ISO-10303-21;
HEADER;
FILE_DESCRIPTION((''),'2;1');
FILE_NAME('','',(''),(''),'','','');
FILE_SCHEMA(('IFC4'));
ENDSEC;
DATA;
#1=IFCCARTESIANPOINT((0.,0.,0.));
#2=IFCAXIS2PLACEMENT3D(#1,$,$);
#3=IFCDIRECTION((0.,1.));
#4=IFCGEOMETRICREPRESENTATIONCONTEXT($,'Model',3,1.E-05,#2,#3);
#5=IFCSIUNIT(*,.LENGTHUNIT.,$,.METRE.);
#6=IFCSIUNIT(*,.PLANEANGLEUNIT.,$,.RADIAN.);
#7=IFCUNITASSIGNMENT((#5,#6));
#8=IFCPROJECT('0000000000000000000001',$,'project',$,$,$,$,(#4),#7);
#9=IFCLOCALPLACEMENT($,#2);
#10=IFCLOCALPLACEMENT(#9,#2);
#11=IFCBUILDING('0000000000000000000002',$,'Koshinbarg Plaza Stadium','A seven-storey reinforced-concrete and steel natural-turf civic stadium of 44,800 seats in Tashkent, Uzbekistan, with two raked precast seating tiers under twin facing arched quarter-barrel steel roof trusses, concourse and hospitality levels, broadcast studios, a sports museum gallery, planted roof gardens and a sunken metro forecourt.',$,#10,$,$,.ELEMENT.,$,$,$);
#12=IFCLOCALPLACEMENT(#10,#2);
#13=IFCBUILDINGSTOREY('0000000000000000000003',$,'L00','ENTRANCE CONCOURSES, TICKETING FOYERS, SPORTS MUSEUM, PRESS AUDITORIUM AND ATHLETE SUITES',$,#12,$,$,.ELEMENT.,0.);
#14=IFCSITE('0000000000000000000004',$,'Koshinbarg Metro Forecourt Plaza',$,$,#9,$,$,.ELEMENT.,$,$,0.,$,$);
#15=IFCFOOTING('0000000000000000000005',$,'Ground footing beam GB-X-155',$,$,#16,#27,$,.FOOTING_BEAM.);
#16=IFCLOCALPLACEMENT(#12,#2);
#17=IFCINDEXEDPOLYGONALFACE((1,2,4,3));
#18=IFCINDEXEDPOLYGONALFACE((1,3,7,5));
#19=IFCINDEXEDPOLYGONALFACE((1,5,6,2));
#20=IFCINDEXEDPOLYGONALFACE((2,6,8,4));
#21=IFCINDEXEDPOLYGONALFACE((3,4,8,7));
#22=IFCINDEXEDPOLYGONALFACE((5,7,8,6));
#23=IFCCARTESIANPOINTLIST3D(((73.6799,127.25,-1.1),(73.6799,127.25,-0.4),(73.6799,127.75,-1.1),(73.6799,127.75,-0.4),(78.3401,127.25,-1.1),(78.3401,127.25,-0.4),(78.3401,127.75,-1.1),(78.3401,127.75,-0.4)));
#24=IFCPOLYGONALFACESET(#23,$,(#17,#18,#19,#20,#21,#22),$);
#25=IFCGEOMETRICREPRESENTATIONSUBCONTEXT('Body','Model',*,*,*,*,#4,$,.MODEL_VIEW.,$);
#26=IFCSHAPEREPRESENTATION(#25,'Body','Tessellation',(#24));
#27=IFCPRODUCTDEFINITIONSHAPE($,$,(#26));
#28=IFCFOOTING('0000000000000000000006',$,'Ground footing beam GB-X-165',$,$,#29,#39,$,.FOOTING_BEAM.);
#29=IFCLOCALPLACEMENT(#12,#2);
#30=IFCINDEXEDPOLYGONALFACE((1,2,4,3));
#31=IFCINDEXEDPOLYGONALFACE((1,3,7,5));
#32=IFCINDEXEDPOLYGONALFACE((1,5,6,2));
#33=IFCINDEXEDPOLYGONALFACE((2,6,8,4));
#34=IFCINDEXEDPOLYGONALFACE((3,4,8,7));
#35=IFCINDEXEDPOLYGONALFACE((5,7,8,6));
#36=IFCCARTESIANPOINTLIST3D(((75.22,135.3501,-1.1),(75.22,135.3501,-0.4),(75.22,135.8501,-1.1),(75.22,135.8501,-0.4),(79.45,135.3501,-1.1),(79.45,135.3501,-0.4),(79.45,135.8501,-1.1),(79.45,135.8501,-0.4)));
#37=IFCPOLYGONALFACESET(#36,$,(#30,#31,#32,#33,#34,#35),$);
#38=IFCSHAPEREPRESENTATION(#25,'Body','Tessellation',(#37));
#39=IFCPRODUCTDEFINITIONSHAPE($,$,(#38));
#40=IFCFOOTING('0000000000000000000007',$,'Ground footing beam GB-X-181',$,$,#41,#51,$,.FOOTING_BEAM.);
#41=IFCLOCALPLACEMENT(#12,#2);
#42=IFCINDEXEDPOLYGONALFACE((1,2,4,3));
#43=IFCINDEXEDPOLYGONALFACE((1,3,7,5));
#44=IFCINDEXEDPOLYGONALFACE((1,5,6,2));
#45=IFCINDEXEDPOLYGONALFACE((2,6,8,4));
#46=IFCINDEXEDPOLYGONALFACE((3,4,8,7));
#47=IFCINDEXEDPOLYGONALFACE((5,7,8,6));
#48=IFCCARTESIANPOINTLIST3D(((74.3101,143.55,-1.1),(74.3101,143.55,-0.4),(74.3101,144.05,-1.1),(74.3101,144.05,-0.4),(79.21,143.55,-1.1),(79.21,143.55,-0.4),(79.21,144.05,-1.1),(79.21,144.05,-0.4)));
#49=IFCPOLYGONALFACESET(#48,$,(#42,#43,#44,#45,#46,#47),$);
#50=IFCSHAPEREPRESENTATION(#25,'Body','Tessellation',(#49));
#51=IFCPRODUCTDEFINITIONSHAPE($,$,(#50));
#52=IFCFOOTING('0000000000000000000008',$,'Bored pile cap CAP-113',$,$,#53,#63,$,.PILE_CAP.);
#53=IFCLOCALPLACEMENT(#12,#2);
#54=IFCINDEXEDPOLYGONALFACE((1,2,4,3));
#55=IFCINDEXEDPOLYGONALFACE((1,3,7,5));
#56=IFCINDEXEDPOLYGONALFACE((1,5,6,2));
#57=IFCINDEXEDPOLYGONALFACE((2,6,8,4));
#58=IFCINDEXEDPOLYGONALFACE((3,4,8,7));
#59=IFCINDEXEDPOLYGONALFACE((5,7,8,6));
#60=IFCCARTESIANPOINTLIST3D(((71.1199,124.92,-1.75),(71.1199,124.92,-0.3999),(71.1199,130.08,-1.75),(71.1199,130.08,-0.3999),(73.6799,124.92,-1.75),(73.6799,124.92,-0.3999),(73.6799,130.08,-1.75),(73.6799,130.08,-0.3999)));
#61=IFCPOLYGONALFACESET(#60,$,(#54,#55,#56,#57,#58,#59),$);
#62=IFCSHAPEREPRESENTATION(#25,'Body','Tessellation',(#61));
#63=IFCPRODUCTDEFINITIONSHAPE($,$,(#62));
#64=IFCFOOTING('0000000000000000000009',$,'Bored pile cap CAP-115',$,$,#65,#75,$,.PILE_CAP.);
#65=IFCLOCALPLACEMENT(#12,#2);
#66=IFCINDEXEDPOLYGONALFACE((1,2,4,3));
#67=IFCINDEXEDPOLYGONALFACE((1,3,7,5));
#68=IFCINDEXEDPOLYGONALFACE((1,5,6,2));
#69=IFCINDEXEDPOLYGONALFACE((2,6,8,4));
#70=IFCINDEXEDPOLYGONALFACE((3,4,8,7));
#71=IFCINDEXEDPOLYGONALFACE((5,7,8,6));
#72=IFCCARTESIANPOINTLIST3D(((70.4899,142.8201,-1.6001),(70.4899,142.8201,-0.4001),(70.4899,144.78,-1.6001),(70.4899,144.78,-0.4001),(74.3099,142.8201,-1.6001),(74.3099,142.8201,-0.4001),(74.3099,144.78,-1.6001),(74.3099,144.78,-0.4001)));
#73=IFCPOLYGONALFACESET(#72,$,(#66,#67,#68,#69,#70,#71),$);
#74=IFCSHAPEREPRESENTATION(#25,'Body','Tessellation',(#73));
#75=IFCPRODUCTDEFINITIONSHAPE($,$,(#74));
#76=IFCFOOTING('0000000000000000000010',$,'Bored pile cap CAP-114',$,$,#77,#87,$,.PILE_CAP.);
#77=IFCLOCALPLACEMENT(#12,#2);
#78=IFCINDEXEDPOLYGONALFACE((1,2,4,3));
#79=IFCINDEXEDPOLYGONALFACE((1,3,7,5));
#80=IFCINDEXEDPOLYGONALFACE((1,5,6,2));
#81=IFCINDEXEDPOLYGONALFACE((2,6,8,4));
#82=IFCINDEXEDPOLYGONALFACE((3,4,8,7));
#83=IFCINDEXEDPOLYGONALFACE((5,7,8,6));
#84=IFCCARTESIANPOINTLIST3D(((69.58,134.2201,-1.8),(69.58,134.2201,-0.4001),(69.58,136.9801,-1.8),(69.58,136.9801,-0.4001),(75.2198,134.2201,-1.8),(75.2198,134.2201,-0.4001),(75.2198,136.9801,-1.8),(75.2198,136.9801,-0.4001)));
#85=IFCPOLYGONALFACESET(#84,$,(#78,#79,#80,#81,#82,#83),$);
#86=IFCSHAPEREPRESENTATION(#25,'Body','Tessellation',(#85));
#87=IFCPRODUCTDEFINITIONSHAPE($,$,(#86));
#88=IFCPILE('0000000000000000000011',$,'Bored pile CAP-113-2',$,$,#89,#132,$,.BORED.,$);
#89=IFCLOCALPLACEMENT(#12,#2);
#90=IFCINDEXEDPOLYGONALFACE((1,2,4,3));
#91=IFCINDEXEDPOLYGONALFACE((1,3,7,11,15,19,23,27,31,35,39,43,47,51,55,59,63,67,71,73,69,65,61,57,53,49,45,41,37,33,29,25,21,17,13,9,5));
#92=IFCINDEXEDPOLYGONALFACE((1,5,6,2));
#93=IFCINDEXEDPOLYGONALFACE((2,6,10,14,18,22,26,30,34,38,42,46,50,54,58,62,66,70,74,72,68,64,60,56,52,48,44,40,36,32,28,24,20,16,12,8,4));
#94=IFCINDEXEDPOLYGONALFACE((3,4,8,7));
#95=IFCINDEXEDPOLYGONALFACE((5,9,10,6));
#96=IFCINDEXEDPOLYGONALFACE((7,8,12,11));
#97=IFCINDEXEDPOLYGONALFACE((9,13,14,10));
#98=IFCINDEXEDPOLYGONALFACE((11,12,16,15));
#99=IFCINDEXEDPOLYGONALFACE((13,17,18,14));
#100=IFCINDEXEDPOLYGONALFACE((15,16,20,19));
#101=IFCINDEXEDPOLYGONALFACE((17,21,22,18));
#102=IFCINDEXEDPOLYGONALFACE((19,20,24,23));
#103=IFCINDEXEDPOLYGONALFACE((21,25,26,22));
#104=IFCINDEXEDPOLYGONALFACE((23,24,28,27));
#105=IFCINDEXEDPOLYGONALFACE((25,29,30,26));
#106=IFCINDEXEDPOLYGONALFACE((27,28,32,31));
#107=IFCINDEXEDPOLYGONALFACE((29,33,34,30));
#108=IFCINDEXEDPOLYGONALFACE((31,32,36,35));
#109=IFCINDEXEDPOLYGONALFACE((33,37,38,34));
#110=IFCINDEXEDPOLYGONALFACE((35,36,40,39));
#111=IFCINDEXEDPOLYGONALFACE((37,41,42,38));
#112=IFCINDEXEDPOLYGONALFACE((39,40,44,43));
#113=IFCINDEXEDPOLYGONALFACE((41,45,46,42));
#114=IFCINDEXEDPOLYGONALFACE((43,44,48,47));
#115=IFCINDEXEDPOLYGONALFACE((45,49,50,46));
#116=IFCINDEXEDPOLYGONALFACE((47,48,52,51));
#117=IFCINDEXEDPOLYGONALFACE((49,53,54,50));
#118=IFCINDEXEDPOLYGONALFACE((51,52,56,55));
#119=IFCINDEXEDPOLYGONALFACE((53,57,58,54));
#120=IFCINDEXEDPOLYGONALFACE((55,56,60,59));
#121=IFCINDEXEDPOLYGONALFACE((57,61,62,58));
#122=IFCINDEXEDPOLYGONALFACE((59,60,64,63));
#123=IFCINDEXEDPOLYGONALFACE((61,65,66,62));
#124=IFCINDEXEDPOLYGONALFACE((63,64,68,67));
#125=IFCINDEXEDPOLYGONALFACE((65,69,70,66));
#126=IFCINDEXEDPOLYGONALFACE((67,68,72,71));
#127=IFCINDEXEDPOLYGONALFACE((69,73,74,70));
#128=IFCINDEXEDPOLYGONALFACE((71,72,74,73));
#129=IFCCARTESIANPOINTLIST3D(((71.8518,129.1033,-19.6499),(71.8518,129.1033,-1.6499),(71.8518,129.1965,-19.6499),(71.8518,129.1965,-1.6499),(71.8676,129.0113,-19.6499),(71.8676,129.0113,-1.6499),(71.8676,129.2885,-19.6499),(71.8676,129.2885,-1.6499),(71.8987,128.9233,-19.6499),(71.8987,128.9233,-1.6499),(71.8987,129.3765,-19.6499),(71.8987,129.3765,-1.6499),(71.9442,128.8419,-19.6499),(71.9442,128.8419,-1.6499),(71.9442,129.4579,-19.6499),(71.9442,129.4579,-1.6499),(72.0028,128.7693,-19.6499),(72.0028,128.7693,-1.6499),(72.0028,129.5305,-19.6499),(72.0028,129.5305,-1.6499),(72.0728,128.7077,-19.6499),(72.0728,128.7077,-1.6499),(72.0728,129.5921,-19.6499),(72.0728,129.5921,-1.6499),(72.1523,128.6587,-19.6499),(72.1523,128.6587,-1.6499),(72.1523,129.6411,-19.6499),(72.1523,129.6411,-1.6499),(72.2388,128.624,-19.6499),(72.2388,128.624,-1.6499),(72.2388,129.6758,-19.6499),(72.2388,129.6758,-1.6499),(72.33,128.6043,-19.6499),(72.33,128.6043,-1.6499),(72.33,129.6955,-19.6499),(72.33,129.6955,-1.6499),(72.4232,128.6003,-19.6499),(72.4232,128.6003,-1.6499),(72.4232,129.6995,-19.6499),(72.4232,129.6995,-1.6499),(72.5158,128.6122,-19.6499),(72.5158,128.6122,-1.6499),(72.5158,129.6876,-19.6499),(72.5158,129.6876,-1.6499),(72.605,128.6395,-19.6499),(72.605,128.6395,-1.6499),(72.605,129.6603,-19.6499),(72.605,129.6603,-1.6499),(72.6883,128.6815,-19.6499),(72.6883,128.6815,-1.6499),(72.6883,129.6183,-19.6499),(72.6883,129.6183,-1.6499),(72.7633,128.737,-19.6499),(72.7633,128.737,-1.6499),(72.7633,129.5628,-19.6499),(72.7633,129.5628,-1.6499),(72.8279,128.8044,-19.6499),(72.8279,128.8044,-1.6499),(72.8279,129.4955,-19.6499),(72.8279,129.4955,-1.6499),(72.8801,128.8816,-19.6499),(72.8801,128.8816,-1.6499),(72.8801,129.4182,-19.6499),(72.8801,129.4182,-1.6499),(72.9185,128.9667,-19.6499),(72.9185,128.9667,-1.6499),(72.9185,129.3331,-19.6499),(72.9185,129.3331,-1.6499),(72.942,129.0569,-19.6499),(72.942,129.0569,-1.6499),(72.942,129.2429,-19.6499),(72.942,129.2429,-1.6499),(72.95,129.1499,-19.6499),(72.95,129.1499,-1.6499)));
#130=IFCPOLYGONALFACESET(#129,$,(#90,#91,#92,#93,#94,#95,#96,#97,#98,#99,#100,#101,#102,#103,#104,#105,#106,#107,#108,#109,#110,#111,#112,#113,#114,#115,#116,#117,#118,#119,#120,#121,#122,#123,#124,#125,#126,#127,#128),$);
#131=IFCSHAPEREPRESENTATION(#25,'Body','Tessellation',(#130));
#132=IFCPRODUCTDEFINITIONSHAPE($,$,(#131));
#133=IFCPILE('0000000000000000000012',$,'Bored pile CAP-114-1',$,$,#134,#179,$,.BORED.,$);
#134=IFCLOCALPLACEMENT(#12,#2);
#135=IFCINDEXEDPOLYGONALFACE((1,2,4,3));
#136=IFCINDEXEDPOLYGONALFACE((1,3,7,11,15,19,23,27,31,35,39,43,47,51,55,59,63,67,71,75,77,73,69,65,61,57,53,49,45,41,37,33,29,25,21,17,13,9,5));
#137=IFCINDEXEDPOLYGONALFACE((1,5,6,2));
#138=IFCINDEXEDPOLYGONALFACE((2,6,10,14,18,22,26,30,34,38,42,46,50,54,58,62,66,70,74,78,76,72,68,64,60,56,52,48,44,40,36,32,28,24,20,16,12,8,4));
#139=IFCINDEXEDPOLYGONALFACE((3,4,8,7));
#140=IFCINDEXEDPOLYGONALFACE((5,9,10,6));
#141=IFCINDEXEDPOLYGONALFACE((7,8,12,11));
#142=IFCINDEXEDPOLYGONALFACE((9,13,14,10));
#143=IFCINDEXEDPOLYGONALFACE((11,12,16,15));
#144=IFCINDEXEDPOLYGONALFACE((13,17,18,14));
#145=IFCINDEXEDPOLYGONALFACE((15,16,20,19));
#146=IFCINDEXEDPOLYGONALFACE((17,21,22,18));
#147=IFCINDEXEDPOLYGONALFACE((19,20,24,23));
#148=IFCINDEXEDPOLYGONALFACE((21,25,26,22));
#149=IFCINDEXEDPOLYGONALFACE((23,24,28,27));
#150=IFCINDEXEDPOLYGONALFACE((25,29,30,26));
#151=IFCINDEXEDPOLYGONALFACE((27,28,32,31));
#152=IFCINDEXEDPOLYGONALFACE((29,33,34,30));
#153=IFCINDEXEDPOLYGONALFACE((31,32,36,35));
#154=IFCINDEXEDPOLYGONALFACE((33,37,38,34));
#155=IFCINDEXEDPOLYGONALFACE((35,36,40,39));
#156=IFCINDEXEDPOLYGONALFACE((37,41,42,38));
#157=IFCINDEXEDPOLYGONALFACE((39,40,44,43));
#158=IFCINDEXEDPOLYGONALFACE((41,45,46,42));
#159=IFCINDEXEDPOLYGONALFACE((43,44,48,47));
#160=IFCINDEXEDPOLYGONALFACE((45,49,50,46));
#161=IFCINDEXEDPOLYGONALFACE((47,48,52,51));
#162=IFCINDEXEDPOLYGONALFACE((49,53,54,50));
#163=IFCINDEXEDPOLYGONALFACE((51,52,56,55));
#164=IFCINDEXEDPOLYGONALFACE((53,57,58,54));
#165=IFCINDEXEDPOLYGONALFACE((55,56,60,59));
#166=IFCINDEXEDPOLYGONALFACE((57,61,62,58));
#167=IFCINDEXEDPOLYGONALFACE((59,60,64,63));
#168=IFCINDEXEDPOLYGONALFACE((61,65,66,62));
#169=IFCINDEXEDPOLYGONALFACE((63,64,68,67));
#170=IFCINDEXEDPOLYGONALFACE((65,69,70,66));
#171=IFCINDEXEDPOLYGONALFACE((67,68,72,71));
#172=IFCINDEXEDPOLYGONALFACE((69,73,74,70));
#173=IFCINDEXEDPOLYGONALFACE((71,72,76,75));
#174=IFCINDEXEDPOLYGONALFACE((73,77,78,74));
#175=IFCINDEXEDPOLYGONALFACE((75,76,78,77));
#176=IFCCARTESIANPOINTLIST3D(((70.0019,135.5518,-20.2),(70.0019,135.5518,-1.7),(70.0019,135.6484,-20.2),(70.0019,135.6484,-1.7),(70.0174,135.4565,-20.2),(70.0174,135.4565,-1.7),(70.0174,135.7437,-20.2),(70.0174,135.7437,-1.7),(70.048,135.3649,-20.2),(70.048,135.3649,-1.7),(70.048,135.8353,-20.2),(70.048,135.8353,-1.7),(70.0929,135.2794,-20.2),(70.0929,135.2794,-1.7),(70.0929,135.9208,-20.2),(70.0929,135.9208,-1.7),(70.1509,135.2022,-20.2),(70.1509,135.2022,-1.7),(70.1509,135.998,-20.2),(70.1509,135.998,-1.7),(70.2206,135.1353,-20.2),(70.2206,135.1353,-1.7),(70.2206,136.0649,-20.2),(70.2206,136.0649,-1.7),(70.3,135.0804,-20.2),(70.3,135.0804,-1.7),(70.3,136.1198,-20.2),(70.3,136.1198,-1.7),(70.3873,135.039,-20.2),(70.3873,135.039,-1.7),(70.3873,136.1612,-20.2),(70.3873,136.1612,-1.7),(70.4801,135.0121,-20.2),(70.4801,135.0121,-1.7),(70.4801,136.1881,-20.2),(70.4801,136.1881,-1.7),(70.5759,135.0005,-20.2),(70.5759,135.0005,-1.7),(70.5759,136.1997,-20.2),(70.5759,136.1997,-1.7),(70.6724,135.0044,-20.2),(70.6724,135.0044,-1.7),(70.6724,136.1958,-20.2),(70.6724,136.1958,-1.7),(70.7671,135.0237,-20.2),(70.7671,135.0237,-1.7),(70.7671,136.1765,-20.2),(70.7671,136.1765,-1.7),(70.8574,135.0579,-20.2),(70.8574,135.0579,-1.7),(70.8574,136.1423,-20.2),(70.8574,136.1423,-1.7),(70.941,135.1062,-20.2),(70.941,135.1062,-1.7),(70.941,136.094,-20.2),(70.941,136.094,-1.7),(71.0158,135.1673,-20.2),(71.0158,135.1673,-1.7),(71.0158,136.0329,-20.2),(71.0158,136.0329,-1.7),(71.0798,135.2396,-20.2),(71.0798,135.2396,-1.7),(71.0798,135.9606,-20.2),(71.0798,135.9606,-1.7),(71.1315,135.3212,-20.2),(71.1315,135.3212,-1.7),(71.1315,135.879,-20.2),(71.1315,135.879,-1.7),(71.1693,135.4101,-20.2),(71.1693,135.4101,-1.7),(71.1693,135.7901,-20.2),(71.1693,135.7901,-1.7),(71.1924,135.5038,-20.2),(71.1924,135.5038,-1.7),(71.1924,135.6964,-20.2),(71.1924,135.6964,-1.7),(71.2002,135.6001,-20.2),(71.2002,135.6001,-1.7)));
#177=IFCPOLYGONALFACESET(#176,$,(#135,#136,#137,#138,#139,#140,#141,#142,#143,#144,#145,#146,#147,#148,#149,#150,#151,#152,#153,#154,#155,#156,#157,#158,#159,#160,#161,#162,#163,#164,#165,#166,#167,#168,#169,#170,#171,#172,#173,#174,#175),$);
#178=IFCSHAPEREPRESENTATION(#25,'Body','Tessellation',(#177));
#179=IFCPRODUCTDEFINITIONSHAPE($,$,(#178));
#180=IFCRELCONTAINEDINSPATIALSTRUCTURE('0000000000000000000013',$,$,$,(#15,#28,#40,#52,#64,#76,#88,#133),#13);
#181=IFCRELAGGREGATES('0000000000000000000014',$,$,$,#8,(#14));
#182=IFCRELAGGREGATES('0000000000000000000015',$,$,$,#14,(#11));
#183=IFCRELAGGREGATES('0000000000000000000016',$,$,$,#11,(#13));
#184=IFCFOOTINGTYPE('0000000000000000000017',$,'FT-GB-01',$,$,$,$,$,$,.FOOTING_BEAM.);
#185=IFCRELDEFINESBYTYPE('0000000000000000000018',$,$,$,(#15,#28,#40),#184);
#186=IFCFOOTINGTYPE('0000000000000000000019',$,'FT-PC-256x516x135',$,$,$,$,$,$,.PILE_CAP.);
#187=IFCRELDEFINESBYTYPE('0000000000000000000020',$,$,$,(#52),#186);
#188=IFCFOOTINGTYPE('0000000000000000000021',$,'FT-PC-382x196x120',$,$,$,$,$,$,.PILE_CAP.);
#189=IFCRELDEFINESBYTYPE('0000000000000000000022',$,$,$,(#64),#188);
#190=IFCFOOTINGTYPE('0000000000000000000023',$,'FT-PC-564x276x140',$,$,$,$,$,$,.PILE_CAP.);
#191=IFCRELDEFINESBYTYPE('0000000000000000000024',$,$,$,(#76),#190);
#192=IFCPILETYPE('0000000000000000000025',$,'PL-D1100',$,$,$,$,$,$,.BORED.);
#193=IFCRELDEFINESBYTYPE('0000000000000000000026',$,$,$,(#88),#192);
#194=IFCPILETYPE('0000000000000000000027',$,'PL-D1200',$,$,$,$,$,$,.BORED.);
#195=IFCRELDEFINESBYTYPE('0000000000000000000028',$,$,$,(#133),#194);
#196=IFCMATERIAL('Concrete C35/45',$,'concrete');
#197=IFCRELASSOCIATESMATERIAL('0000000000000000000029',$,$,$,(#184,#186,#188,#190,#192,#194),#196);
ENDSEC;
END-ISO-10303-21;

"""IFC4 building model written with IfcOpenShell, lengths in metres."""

from ifc_helpers import new_model, si_unit, direction, frame, origin, origin_2d, place, context, subcontext, project, spatial, rectangle, circle, extrude, material, material_profile, profile_set, type_object, element, save


model = new_model("IFC4")

# Units and contexts
model_context = context("Model", 3, precision=1e-05, world=origin(), true_north=direction((0.0, 1.0)))
body_context = subcontext(model_context, "Body", "Model", "MODEL_VIEW")
ifc_project = project(units=[si_unit("LENGTHUNIT", "METRE"), si_unit("PLANEANGLEUNIT", "RADIAN")], contexts=[model_context])

# Site, building, storey
site_placement = place(None, origin())
site = spatial("IfcSite", under=ifc_project, at=site_placement, Name="Koshinbarg Metro Forecourt Plaza", CompositionType="ELEMENT", RefElevation=0.0)
building_placement = place(site_placement, origin())
building = spatial("IfcBuilding", under=site, at=building_placement, Name="Koshinbarg Plaza Stadium", Description="A seven-storey reinforced-concrete and steel natural-turf civic stadium of 44,800 seats in Tashkent, Uzbekistan, with two raked precast seating tiers under twin facing arched quarter-barrel steel roof trusses, concourse and hospitality levels, broadcast studios, a sports museum gallery, planted roof gardens and a sunken metro forecourt.", CompositionType="ELEMENT")
storey_placement = place(building_placement, origin())
storey = spatial("IfcBuildingStorey", under=building, at=storey_placement, Name="L00", Description="ENTRANCE CONCOURSES, TICKETING FOYERS, SPORTS MUSEUM, PRESS AUDITORIUM AND ATHLETE SUITES", CompositionType="ELEMENT", Elevation=0.0)

# Footings
ifc_material_1 = material(Name="Concrete C35/45", Category="concrete")
ifc_material_profile_1 = material_profile(ifc_material_1, rectangle(XDim=0.5, YDim=0.7, at=origin_2d()), Name="GB 500x700")
ifc_profile_set_1 = profile_set([ifc_material_profile_1], Name="Concrete C35/45")
footing_type_1 = type_object("IfcFootingType", Name="FT-GB-01", PredefinedType="FOOTING_BEAM", material=ifc_profile_set_1)
footing_1_placement = place(storey_placement, frame((73.6799, 127.5, -0.75), z_axis=(1.0, 0.0, 0.0), x_axis=(0.0, 1.0, 0.0)))
element("IfcFooting", 1, at=footing_1_placement, inside=storey, type_object=footing_type_1, Name="Ground footing beam GB-X-155", PredefinedType="FOOTING_BEAM", context=body_context, shape_type="SweptSolid", body=[
    extrude(rectangle(XDim=0.5, YDim=0.7, at=origin_2d()), origin(), (0.0, 0.0, 1.0), 4.6602),
])
footing_2_placement = place(storey_placement, frame((75.22, 135.6001, -0.75), z_axis=(1.0, 0.0, 0.0), x_axis=(0.0, 1.0, 0.0)))
element("IfcFooting", 2, at=footing_2_placement, inside=storey, type_object=footing_type_1, Name="Ground footing beam GB-X-165", PredefinedType="FOOTING_BEAM", context=body_context, shape_type="SweptSolid", body=[
    extrude(rectangle(XDim=0.5, YDim=0.7, at=origin_2d()), origin(), (0.0, 0.0, 1.0), 4.23),
])
footing_3_placement = place(storey_placement, frame((74.3101, 143.8, -0.75), z_axis=(1.0, 0.0, 0.0), x_axis=(0.0, 1.0, 0.0)))
element("IfcFooting", 3, at=footing_3_placement, inside=storey, type_object=footing_type_1, Name="Ground footing beam GB-X-181", PredefinedType="FOOTING_BEAM", context=body_context, shape_type="SweptSolid", body=[
    extrude(rectangle(XDim=0.5, YDim=0.7, at=origin_2d()), origin(), (0.0, 0.0, 1.0), 4.8999),
])
footing_type_2 = type_object("IfcFootingType", Name="FT-PC-256x516x135", PredefinedType="PILE_CAP", material=ifc_material_1)
footing_4_placement = place(storey_placement, frame((72.3999, 127.5, -1.75), z_axis=(0.0, 0.0, 1.0), x_axis=(1.0, 0.0, 0.0)))
element("IfcFooting", 4, at=footing_4_placement, inside=storey, type_object=footing_type_2, Name="Bored pile cap CAP-113", PredefinedType="PILE_CAP", context=body_context, shape_type="SweptSolid", body=[
    extrude(rectangle(XDim=2.5601, YDim=5.1599, at=origin_2d()), origin(), (0.0, 0.0, 1.0), 1.3501),
])
footing_type_3 = type_object("IfcFootingType", Name="FT-PC-382x196x120", PredefinedType="PILE_CAP", material=ifc_material_1)
footing_5_placement = place(storey_placement, frame((72.3999, 143.8, -1.6001), z_axis=(0.0, 0.0, 1.0), x_axis=(1.0, 0.0, 0.0)))
element("IfcFooting", 5, at=footing_5_placement, inside=storey, type_object=footing_type_3, Name="Bored pile cap CAP-115", PredefinedType="PILE_CAP", context=body_context, shape_type="SweptSolid", body=[
    extrude(rectangle(XDim=3.8201, YDim=1.96, at=origin_2d()), origin(), (0.0, 0.0, 1.0), 1.2),
])
footing_type_4 = type_object("IfcFootingType", Name="FT-PC-564x276x140", PredefinedType="PILE_CAP", material=ifc_material_1)
footing_6_placement = place(storey_placement, frame((72.3999, 135.6001, -1.8), z_axis=(0.0, 0.0, 1.0), x_axis=(1.0, 0.0, 0.0)))
element("IfcFooting", 6, at=footing_6_placement, inside=storey, type_object=footing_type_4, Name="Bored pile cap CAP-114", PredefinedType="PILE_CAP", context=body_context, shape_type="SweptSolid", body=[
    extrude(rectangle(XDim=5.6399, YDim=2.76, at=origin_2d()), origin(), (0.0, 0.0, 1.0), 1.3999),
])

# Piles
ifc_material_profile_2 = material_profile(ifc_material_1, circle(Radius=0.55, at=origin_2d()), Name="PILE D1100")
ifc_profile_set_2 = profile_set([ifc_material_profile_2], Name="Concrete C35/45")
pile_type_1 = type_object("IfcPileType", Name="PL-D1100", PredefinedType="BORED", material=ifc_profile_set_2)
pile_placement = place(storey_placement, frame((72.3999, 129.1499, -1.6499), z_axis=(0.0, 0.0, -1.0), x_axis=(1.0, 0.0, 0.0)))
element("IfcPile", 7, at=pile_placement, inside=storey, type_object=pile_type_1, Name="Bored pile CAP-113-2", PredefinedType="BORED", context=body_context, shape_type="SweptSolid", body=[
    extrude(circle(Radius=0.55, at=origin_2d()), origin(), (0.0, 0.0, 1.0), 18.0),
])
ifc_material_profile_3 = material_profile(ifc_material_1, circle(Radius=0.6001, at=origin_2d()), Name="PILE D1200")
ifc_profile_set_3 = profile_set([ifc_material_profile_3], Name="Concrete C35/45")
pile_type_2 = type_object("IfcPileType", Name="PL-D1200", PredefinedType="BORED", material=ifc_profile_set_3)
for number, where, z_axis, x_axis, name in (
    (8, (70.6001, 135.6001, -1.7), (0.0, 0.0, -1.0), (1.0, 0.0, 0.0), "Bored pile CAP-114-1"),
):
    element("IfcPile", number, at=place(storey_placement, frame(where, z_axis=z_axis, x_axis=x_axis)), inside=storey, type_object=pile_type_2, Name=name, PredefinedType="BORED", context=body_context, shape_type="SweptSolid", body=[
        extrude(circle(Radius=0.6001, at=origin_2d()), origin(), (0.0, 0.0, 1.0), 18.5),
    ])

save(model, "model.ifc")
